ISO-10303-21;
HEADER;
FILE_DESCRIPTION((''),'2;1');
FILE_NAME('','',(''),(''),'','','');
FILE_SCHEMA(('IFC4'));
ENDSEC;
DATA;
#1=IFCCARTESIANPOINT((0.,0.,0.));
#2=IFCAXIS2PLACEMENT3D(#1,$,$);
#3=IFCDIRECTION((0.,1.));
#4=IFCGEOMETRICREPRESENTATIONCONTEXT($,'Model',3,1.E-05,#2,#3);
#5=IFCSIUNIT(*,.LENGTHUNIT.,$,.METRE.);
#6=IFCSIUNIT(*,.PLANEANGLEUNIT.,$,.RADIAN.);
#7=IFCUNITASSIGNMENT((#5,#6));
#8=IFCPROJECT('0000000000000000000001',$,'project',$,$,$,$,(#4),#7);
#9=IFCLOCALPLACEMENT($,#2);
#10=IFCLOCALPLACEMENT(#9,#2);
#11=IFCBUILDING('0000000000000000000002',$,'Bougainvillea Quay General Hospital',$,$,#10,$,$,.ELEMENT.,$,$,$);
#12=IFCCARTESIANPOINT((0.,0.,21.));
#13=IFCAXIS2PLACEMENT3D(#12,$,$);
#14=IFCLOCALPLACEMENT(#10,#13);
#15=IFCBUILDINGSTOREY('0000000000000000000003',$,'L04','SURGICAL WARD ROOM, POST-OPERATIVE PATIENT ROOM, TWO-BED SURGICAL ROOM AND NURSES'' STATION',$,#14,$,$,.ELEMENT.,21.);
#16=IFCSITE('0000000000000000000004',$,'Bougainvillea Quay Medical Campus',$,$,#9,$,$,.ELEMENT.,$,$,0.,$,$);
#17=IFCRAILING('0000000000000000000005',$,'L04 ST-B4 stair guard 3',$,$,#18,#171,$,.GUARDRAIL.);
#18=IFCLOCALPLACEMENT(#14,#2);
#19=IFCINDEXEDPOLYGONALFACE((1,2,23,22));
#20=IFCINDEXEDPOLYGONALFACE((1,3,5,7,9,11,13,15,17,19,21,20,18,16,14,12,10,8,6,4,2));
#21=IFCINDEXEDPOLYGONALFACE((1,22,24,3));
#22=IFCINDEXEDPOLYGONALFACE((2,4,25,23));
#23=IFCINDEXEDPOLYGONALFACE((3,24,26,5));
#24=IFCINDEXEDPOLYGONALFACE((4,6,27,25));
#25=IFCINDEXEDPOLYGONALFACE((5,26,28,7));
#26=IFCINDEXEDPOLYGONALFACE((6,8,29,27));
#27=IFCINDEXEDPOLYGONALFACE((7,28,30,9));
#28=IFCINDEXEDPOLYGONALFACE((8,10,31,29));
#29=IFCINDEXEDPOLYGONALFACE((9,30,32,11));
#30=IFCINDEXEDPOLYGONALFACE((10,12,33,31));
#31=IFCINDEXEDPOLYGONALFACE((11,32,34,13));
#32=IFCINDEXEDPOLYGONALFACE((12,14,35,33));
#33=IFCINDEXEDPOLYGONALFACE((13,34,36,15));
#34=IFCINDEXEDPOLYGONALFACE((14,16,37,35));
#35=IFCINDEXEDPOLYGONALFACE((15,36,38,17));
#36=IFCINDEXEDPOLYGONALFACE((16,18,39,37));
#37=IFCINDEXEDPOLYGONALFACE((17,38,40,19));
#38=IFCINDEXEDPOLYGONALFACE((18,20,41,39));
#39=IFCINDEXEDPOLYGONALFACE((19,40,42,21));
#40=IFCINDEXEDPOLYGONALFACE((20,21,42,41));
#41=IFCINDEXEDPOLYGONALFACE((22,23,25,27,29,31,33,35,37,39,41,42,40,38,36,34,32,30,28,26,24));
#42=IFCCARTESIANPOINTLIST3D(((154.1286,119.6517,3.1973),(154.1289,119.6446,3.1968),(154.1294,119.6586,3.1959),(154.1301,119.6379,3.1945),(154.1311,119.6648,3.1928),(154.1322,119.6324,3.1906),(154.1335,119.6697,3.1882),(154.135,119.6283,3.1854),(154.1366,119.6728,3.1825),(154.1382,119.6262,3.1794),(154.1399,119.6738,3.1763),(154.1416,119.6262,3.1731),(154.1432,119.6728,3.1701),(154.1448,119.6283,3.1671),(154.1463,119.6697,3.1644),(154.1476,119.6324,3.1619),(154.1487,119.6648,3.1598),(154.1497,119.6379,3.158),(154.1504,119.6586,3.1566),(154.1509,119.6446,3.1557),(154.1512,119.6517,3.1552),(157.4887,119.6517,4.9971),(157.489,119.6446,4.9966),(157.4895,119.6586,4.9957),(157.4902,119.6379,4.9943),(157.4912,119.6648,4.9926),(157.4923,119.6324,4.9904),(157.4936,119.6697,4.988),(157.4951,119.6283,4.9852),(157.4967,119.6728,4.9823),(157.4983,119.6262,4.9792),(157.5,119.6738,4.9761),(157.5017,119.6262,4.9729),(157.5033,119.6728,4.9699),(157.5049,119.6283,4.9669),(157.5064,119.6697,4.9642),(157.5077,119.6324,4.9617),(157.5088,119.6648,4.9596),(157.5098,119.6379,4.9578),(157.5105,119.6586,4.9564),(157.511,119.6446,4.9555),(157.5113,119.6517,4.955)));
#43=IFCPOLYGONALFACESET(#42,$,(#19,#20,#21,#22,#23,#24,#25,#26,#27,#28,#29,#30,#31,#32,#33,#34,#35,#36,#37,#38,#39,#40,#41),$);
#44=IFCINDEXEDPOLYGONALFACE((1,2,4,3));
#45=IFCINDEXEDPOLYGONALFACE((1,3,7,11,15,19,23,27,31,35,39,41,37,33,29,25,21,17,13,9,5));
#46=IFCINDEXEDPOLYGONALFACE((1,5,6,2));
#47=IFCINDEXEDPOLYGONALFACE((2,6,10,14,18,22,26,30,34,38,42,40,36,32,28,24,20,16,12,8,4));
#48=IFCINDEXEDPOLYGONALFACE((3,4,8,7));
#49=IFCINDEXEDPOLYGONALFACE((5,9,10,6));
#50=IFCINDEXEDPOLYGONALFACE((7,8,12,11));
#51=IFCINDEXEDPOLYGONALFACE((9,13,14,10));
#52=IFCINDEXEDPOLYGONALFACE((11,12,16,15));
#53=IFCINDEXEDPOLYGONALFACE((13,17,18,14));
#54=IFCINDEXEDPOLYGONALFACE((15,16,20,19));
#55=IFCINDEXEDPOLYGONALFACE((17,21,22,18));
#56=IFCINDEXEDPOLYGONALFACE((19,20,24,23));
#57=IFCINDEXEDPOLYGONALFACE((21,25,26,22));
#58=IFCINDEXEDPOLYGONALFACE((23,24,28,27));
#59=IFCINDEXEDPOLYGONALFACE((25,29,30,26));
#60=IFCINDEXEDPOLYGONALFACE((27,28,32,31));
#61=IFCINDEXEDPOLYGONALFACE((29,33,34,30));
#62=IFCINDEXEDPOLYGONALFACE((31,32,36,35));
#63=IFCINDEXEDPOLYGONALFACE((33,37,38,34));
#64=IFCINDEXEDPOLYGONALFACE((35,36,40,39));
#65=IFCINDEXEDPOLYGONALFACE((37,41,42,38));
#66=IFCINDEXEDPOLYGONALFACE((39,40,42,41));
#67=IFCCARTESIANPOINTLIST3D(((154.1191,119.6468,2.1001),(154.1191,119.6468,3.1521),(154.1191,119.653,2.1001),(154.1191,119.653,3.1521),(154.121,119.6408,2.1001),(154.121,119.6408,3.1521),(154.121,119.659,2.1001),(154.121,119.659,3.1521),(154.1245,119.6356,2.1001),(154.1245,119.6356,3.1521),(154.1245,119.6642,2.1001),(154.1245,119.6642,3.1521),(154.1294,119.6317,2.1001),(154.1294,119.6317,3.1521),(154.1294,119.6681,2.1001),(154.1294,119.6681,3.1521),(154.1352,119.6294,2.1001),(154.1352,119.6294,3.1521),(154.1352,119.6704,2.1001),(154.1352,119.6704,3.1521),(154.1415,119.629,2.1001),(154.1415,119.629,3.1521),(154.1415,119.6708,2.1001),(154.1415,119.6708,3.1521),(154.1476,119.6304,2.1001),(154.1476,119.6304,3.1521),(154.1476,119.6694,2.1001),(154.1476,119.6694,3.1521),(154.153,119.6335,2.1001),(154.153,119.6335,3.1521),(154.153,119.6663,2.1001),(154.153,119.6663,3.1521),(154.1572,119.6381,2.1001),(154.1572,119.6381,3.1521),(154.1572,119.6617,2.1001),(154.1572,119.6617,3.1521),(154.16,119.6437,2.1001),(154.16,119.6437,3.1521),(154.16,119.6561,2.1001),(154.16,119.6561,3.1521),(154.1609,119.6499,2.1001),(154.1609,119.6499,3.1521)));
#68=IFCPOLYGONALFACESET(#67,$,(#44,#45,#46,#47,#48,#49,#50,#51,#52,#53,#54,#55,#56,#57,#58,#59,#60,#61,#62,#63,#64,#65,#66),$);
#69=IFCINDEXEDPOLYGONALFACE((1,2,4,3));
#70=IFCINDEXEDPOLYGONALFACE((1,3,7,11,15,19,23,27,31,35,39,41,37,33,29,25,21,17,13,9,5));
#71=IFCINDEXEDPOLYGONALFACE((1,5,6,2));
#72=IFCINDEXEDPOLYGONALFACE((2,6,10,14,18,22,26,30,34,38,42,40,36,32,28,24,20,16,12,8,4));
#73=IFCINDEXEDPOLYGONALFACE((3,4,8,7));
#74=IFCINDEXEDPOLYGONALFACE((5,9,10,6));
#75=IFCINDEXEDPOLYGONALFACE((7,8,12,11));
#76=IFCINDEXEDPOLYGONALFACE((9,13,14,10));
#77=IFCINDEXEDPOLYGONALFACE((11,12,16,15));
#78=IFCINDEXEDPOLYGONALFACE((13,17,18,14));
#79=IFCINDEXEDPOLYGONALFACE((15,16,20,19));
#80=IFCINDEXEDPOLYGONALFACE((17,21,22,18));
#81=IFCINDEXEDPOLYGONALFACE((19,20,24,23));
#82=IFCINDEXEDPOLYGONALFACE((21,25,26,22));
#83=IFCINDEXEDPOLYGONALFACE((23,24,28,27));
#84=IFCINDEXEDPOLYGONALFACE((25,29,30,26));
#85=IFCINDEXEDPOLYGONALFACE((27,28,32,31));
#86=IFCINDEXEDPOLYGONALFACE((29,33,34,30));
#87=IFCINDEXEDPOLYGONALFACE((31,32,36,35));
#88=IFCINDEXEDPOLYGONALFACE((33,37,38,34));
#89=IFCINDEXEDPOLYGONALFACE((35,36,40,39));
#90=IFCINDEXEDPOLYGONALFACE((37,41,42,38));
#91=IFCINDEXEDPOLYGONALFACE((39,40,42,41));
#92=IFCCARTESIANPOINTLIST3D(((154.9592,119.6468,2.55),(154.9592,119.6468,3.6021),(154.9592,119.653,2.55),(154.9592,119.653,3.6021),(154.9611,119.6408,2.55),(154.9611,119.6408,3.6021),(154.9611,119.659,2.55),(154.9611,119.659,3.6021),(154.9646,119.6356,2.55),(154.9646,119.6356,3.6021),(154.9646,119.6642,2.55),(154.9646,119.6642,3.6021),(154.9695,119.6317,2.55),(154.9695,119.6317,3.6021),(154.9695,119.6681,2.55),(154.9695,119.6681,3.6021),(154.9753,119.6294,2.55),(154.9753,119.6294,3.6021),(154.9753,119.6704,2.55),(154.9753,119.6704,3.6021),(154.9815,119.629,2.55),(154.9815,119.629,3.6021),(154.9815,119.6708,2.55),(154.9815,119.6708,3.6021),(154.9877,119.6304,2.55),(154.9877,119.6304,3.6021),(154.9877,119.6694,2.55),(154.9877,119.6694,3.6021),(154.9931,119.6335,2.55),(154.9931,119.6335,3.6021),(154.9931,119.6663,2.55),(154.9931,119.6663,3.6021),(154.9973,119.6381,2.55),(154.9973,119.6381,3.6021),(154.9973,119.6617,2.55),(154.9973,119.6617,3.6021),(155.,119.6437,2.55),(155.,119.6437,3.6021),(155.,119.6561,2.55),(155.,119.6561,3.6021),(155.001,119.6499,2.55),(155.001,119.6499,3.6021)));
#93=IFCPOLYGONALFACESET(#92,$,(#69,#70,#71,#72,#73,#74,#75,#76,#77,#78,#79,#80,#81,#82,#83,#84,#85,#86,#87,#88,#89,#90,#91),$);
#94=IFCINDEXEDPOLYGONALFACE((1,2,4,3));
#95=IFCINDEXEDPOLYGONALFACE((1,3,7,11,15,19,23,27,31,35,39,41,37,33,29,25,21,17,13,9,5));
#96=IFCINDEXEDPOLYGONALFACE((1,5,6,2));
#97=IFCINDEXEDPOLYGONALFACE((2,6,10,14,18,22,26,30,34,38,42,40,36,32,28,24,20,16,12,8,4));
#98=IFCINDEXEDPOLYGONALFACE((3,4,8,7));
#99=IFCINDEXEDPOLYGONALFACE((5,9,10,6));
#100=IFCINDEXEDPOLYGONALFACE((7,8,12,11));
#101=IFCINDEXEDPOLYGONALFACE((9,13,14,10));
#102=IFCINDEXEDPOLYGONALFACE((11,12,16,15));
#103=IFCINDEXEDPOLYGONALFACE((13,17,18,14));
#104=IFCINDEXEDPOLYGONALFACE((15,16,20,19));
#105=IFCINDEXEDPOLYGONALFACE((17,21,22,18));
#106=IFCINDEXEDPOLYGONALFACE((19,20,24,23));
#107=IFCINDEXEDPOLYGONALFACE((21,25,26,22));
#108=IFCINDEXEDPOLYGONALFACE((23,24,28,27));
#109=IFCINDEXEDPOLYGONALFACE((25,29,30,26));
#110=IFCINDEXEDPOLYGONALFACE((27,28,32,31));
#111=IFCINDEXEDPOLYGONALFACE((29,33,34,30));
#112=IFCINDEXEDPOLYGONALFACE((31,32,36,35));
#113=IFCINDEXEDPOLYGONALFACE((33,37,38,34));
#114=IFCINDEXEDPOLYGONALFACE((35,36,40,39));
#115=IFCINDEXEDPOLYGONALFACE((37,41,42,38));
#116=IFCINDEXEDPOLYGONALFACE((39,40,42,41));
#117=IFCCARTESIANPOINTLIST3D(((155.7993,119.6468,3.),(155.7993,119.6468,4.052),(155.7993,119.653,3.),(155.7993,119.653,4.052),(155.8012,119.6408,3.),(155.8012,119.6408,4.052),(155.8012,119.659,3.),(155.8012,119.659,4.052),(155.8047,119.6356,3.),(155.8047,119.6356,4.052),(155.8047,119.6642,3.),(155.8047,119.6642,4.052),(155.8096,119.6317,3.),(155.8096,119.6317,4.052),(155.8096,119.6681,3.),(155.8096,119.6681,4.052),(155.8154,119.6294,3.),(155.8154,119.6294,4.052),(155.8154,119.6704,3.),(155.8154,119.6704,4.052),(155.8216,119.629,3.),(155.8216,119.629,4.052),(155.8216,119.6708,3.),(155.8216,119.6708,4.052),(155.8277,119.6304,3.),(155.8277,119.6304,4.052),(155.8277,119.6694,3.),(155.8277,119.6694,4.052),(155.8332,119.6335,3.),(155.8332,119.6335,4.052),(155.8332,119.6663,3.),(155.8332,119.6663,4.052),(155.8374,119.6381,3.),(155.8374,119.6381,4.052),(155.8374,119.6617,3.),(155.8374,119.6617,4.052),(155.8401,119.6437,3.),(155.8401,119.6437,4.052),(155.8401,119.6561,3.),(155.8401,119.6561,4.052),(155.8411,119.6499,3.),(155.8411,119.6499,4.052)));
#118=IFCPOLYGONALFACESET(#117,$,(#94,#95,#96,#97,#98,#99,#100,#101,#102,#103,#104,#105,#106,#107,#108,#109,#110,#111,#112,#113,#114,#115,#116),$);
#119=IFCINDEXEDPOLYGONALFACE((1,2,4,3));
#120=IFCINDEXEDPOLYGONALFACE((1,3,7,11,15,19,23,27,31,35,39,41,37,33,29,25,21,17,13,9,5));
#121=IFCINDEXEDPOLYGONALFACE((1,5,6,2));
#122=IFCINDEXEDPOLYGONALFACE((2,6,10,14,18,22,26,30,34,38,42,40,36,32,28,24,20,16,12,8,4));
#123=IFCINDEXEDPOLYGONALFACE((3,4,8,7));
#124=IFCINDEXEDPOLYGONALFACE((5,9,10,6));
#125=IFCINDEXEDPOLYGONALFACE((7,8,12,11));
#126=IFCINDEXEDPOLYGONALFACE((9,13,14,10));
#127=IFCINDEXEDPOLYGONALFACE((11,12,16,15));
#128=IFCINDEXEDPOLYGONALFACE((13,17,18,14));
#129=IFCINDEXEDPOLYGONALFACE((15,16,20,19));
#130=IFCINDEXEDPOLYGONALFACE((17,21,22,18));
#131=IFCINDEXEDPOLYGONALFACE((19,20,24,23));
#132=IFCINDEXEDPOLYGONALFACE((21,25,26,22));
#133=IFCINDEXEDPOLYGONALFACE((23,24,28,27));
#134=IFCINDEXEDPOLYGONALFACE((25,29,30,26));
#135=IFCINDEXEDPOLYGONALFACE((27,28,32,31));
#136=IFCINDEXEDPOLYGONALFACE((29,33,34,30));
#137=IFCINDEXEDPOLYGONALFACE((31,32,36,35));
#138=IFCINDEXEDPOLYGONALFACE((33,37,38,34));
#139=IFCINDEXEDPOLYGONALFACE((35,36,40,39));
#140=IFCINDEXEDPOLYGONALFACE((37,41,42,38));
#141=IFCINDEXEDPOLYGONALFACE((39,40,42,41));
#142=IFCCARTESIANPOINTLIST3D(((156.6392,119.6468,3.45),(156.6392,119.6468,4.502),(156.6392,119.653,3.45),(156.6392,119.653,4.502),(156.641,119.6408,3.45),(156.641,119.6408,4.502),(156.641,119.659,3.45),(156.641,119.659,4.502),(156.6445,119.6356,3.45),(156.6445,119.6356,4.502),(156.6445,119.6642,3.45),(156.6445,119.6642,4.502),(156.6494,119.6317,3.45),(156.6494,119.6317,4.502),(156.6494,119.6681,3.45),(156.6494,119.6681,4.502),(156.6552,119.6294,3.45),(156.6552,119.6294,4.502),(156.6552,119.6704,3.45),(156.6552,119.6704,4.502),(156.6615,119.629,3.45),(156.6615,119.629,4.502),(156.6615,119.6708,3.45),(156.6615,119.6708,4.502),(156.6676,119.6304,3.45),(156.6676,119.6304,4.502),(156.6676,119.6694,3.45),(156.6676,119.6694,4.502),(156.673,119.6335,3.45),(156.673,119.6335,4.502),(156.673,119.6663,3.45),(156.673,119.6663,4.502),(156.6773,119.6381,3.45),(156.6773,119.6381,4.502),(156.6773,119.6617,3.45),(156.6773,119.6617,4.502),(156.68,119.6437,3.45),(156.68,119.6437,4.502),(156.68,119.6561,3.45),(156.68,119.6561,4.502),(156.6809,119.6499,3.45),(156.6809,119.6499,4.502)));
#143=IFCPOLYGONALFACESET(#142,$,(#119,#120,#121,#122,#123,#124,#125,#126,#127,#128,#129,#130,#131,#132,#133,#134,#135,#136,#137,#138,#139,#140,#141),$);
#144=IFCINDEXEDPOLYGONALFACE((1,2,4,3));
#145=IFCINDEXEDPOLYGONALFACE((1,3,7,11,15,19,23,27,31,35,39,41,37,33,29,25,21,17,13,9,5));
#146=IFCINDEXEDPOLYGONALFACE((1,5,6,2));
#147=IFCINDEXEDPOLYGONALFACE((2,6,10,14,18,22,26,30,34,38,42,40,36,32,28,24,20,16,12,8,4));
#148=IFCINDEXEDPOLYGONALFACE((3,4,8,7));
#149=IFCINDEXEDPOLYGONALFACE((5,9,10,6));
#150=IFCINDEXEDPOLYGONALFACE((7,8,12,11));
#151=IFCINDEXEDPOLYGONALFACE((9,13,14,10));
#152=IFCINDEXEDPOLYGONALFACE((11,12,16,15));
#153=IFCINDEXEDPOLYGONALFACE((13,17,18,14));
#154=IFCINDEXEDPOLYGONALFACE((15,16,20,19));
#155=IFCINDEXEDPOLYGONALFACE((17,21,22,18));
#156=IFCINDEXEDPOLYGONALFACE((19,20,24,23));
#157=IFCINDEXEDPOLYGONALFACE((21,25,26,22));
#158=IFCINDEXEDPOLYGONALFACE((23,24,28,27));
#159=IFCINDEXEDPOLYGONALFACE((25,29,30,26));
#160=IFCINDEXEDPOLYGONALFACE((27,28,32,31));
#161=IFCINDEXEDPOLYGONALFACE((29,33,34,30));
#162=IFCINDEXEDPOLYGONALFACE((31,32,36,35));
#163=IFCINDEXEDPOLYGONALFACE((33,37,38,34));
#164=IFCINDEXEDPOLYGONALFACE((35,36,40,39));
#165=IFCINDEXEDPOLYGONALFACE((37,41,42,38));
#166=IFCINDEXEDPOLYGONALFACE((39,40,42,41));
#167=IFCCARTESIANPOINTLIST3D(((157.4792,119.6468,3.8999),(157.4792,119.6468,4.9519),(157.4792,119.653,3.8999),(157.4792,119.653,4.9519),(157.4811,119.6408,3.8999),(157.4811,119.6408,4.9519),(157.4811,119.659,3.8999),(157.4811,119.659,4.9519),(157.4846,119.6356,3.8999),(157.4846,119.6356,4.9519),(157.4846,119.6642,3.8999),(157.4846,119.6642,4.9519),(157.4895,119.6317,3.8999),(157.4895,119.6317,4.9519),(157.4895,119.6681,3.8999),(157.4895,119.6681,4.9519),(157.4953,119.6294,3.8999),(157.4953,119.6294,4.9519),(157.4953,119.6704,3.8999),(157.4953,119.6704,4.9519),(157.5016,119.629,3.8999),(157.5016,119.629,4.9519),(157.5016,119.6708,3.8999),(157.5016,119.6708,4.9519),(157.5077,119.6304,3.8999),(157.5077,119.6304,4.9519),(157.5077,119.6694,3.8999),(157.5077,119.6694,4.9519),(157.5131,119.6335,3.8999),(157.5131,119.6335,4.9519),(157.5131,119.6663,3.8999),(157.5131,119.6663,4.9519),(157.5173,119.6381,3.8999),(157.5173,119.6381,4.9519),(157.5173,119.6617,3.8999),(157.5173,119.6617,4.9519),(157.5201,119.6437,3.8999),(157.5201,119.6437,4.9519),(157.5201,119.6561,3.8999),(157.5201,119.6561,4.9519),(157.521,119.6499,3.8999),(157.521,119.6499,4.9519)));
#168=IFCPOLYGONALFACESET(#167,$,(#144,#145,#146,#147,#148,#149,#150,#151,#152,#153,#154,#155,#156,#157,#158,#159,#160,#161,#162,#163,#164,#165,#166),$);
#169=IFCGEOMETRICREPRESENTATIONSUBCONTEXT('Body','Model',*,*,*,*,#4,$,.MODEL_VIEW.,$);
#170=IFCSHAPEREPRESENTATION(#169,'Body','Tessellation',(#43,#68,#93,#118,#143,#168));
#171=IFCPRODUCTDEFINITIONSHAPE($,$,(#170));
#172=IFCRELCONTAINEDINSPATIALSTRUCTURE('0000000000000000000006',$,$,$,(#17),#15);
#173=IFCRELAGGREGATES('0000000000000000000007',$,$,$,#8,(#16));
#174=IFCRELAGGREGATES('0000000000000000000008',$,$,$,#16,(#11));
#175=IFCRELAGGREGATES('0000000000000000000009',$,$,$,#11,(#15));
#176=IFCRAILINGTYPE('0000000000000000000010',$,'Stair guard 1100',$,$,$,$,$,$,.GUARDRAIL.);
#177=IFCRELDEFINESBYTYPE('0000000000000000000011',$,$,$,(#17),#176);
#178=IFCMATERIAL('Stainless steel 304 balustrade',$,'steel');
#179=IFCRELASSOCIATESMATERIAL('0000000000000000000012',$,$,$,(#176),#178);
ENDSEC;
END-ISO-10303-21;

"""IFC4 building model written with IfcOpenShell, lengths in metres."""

from ifc_helpers import new_model, si_unit, direction, frame, origin, origin_2d, place, context, subcontext, project, spatial, circle, extrude, material, type_object, element, save


model = new_model("IFC4")

# Units and contexts
model_context = context("Model", 3, precision=1e-05, world=origin(), true_north=direction((0.0, 1.0)))
body_context = subcontext(model_context, "Body", "Model", "MODEL_VIEW")
ifc_project = project(units=[si_unit("LENGTHUNIT", "METRE"), si_unit("PLANEANGLEUNIT", "RADIAN")], contexts=[model_context])

# Site, building, storey
site_placement = place(None, origin())
site = spatial("IfcSite", under=ifc_project, at=site_placement, Name="Bougainvillea Quay Medical Campus", CompositionType="ELEMENT", RefElevation=0.0)
building_placement = place(site_placement, origin())
building = spatial("IfcBuilding", under=site, at=building_placement, Name="Bougainvillea Quay General Hospital", CompositionType="ELEMENT")
storey_placement = place(building_placement, frame((0.0, 0.0, 21.0)))
storey = spatial("IfcBuildingStorey", under=building, at=storey_placement, Name="L04", Description="SURGICAL WARD ROOM, POST-OPERATIVE PATIENT ROOM, TWO-BED SURGICAL ROOM AND NURSES' STATION", CompositionType="ELEMENT", Elevation=21.0)

# Railing
ifc_material_1 = material(Name="Stainless steel 304 balustrade", Category="steel")
railing_type_1 = type_object("IfcRailingType", Name="Stair guard 1100", PredefinedType="GUARDRAIL", material=ifc_material_1)
railing_1_placement = place(storey_placement, frame((154.1399, 119.6499, 2.1001)))
element("IfcRailing", 1, at=railing_1_placement, inside=storey, type_object=railing_type_1, Name="L04 ST-B4 stair guard 3", PredefinedType="GUARDRAIL", context=body_context, shape_type="SweptSolid", body=[
    extrude(circle(Radius=0.0239, at=origin_2d()), frame((0.0, 0.0, 1.0762), z_axis=(0.881508, 0.0, 0.47217), x_axis=(0.0, 1.0, 0.0)), (0.0, 0.0, 1.0), 3.8118),
    extrude(circle(Radius=0.021, at=origin_2d()), origin(), (0.0, 0.0, 1.0), 1.052),
    extrude(circle(Radius=0.021, at=origin_2d()), frame((0.8401, 0.0, 0.45)), (0.0, 0.0, 1.0), 1.052),
    extrude(circle(Radius=0.021, at=origin_2d()), frame((1.6802, 0.0, 0.8999)), (0.0, 0.0, 1.0), 1.052),
    extrude(circle(Radius=0.021, at=origin_2d()), frame((2.52, 0.0, 1.3499)), (0.0, 0.0, 1.0), 1.052),
    extrude(circle(Radius=0.021, at=origin_2d()), frame((3.3601, 0.0, 1.7998)), (0.0, 0.0, 1.0), 1.052),
])

save(model, "model.ifc")
